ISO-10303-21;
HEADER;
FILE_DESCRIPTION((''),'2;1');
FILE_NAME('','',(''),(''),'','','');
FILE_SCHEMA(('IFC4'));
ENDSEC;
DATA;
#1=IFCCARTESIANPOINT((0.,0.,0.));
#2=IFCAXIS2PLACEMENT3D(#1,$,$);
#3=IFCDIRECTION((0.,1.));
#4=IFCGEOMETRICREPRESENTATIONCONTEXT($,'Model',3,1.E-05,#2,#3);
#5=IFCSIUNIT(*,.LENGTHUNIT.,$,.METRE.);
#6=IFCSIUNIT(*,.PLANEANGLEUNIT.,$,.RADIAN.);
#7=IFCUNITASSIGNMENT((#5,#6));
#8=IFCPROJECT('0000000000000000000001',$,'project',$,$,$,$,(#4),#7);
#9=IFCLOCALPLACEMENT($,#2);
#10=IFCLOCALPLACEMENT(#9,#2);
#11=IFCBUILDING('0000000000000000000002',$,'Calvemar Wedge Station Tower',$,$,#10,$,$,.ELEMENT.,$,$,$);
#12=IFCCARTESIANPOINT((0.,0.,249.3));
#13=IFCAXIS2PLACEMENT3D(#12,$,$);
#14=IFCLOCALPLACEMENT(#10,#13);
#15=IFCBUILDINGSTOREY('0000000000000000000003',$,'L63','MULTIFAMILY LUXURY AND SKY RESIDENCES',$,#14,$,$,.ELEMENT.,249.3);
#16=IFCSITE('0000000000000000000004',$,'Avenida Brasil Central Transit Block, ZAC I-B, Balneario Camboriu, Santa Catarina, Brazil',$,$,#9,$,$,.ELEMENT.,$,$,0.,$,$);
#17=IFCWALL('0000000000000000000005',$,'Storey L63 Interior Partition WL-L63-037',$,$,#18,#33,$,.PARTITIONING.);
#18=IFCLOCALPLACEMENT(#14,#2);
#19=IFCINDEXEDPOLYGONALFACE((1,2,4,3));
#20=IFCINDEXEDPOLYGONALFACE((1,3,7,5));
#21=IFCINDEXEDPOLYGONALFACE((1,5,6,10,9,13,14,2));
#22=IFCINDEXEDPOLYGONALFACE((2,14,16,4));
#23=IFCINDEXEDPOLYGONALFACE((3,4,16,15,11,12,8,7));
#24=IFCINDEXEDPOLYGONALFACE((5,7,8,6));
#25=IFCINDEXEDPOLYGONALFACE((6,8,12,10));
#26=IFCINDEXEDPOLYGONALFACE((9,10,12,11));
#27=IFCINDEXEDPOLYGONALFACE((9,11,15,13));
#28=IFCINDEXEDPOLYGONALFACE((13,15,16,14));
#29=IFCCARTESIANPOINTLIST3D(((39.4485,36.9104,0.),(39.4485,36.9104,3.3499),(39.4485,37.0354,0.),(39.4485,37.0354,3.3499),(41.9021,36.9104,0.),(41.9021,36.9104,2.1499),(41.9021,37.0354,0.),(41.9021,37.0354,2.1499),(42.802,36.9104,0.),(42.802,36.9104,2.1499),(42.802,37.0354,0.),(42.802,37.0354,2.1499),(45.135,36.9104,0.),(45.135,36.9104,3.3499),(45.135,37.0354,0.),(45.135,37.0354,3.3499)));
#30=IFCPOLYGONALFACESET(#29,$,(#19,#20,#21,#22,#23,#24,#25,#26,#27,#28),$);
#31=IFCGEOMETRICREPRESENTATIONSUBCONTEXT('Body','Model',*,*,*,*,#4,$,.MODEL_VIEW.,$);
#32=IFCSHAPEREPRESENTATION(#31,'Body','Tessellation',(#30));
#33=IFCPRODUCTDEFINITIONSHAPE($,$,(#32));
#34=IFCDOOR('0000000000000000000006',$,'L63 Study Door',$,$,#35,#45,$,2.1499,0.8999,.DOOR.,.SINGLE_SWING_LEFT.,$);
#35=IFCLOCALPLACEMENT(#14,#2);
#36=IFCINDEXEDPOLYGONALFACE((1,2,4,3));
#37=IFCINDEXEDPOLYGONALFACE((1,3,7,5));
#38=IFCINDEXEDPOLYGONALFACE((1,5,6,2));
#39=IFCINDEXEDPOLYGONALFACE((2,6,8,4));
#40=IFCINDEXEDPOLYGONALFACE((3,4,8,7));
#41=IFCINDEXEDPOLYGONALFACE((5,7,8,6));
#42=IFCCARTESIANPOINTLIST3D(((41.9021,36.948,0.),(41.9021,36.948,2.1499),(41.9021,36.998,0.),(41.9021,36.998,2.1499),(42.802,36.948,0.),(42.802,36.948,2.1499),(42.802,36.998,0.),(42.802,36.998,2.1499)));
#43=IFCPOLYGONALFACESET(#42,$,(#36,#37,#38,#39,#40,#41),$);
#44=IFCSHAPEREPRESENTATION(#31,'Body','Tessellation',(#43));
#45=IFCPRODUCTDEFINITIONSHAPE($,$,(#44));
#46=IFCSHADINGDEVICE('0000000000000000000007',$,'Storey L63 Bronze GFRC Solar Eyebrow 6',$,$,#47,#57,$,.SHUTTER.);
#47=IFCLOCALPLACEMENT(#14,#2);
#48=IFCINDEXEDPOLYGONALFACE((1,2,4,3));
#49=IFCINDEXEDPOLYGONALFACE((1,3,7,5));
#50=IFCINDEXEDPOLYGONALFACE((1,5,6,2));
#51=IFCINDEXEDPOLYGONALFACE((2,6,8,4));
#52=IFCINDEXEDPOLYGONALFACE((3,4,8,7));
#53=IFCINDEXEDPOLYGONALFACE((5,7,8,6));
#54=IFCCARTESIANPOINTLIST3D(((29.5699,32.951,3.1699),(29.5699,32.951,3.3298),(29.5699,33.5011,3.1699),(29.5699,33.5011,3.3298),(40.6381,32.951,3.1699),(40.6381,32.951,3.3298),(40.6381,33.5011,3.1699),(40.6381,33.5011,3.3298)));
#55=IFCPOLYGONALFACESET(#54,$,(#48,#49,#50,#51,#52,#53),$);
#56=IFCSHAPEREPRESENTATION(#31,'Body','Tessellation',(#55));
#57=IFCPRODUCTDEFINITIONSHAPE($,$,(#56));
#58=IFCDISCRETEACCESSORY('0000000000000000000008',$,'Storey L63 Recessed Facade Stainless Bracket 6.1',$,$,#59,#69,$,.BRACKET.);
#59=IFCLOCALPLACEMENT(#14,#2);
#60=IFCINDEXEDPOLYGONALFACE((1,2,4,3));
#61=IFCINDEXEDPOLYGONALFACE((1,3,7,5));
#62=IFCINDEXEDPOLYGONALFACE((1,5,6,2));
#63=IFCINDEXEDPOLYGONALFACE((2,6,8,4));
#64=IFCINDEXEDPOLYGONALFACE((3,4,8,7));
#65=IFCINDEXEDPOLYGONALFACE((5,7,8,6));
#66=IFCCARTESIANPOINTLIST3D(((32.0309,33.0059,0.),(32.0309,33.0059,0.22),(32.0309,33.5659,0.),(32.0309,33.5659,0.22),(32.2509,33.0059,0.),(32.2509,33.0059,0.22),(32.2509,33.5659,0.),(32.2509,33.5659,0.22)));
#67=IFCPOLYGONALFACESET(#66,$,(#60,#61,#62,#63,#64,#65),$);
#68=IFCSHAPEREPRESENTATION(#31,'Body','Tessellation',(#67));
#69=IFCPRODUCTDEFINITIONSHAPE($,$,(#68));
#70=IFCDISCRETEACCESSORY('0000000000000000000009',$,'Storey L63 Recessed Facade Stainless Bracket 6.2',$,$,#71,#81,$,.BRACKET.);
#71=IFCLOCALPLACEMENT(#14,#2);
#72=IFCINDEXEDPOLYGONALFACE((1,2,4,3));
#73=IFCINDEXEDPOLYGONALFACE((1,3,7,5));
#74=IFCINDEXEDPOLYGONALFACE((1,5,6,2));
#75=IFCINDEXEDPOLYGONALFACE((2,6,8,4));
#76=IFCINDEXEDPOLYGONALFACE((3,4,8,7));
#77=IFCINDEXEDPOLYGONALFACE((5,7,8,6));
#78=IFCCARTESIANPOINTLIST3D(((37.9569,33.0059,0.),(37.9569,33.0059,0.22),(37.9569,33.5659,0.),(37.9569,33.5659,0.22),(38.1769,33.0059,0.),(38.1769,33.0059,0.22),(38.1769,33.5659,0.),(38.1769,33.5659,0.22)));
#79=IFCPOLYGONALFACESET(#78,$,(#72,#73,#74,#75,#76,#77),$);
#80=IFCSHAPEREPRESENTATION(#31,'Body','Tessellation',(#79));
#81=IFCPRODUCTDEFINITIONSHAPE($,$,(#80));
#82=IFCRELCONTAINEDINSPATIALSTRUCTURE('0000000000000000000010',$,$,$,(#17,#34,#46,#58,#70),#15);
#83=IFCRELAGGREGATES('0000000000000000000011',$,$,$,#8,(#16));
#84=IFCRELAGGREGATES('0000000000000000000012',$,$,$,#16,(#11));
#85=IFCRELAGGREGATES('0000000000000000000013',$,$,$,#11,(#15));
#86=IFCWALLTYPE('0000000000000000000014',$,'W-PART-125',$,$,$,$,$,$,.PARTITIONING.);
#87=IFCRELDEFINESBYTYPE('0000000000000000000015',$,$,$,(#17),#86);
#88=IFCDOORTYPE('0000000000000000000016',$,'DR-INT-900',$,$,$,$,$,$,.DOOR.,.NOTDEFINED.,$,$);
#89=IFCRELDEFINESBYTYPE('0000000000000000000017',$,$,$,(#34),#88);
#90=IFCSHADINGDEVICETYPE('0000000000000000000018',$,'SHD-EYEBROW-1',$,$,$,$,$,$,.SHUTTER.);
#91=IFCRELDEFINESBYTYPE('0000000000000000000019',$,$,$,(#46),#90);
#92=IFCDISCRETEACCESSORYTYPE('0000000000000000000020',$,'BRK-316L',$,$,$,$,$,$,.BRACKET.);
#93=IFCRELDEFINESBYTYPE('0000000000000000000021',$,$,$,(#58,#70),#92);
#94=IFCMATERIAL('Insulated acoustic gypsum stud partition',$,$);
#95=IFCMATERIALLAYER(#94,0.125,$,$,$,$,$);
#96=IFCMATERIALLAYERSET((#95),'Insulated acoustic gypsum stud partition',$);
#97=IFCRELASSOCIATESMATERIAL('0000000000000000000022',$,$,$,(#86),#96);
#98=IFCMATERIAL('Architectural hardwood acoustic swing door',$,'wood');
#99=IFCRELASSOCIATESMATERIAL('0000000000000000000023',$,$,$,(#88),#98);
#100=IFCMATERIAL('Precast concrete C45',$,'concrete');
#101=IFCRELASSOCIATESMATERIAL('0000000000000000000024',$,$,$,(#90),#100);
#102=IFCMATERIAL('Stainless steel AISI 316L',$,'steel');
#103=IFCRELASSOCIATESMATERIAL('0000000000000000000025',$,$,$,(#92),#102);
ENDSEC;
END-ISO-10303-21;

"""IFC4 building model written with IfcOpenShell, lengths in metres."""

from ifc_helpers import new_model, si_unit, direction, frame, frame_2d, origin, origin_2d, place, context, subcontext, project, spatial, rectangle, extrude, source, transform, mapped, material, layer, layer_set, type_object, element, fill, save


model = new_model("IFC4")

# Units and contexts
model_context = context("Model", 3, precision=1e-05, world=origin(), true_north=direction((0.0, 1.0)))
body_context = subcontext(model_context, "Body", "Model", "MODEL_VIEW")
ifc_project = project(units=[si_unit("LENGTHUNIT", "METRE"), si_unit("PLANEANGLEUNIT", "RADIAN")], contexts=[model_context])

# Site, building, storey
site_placement = place(None, origin())
site = spatial("IfcSite", under=ifc_project, at=site_placement, Name="Avenida Brasil Central Transit Block, ZAC I-B, Balneario Camboriu, Santa Catarina, Brazil", CompositionType="ELEMENT", RefElevation=0.0)
building_placement = place(site_placement, origin())
building = spatial("IfcBuilding", under=site, at=building_placement, Name="Calvemar Wedge Station Tower", CompositionType="ELEMENT")
storey_placement = place(building_placement, frame((0.0, 0.0, 249.3)))
storey = spatial("IfcBuildingStorey", under=building, at=storey_placement, Name="L63", Description="MULTIFAMILY LUXURY AND SKY RESIDENCES", CompositionType="ELEMENT", Elevation=249.3)

# Shared definitions
ifc_material_1 = material(Name="Precast concrete C45", Category="concrete")

# Shared definitions
ifc_material_2 = material(Name="Insulated acoustic gypsum stud partition")
ifc_layer_1 = layer(ifc_material_2, 0.125)
ifc_layer_set_1 = layer_set([ifc_layer_1], Name="Insulated acoustic gypsum stud partition")
wall_type_1 = type_object("IfcWallType", Name="W-PART-125", PredefinedType="PARTITIONING", material=ifc_layer_set_1)

# Wall, opening, door
wall_1_placement = place(storey_placement, frame((45.135, 36.9729, 0.0), z_axis=(0.0, 0.0, 1.0), x_axis=(-1.0, 0.0, 0.0)))
wall_1 = element("IfcWall", 1, at=wall_1_placement, inside=storey, type_object=wall_type_1, Name="Storey L63 Interior Partition WL-L63-037", PredefinedType="PARTITIONING", context=body_context, shape_type="SweptSolid", body=[
    extrude(rectangle(XDim=5.6865, YDim=0.125, at=frame_2d((2.8433, 0.0))), origin(), (0.0, 0.0, 1.0), 3.3499),
])
shared_shape_1 = source(origin(), body_context, "Body", "SweptSolid", [
    extrude(rectangle(XDim=0.8999, YDim=2.1499, at=frame_2d((0.45, 1.075))), frame((0.0, 0.0725, 0.0), z_axis=(0.0, -1.0, 0.0), x_axis=(1.0, 0.0, 0.0)), (0.0, 0.0, 1.0), 0.145),
])
opening_1_placement = place(wall_1_placement, frame((2.333, 0.0, 0.0)))
opening_1 = element("IfcOpeningElement", 2, at=opening_1_placement, cuts=wall_1, PredefinedType="OPENING", context=body_context, shape_type="MappedRepresentation", body=[
    mapped(shared_shape_1, transform((0.0, 0.0, 0.0), scale=1.0)),
])
ifc_material_3 = material(Name="Architectural hardwood acoustic swing door", Category="wood")
door_type_1 = type_object("IfcDoorType", Name="DR-INT-900", OperationType="NOTDEFINED", PredefinedType="DOOR", material=ifc_material_3)
shared_shape_2 = source(origin(), body_context, "Body", "SweptSolid", [
    extrude(rectangle(XDim=0.8999, YDim=2.1499, at=frame_2d((0.45, 1.075))), frame((0.0, 0.0249, 0.0), z_axis=(0.0, -1.0, 0.0), x_axis=(1.0, 0.0, 0.0)), (0.0, 0.0, 1.0), 0.05),
])
door_1_placement = place(opening_1_placement, origin())
door_1 = element("IfcDoor", 3, at=door_1_placement, inside=storey, type_object=door_type_1, Name="L63 Study Door", OperationType="SINGLE_SWING_LEFT", OverallHeight=2.1499, OverallWidth=0.8999, PredefinedType="DOOR", context=body_context, shape_type="MappedRepresentation", body=[
    mapped(shared_shape_2, transform((0.0, 0.0, 0.0), scale=1.0)),
])
fill(opening_1, door_1)

# Shading device
shading_device_type = type_object("IfcShadingDeviceType", Name="SHD-EYEBROW-1", PredefinedType="SHUTTER", material=ifc_material_1)
shading_device_placement = place(storey_placement, frame((29.5698, 33.2261, 3.1699), z_axis=(0.0, 0.0, 1.0), x_axis=(1.0, 0.0, 0.0)))
element("IfcShadingDevice", 4, at=shading_device_placement, inside=storey, type_object=shading_device_type, Name="Storey L63 Bronze GFRC Solar Eyebrow 6", PredefinedType="SHUTTER", context=body_context, shape_type="SweptSolid", body=[
    extrude(rectangle(XDim=11.0681, YDim=0.55, at=frame_2d((5.5342, 0.0))), origin(), (0.0, 0.0, 1.0), 0.1599),
])

# Discrete accessories
ifc_material_4 = material(Name="Stainless steel AISI 316L", Category="steel")
discrete_accessory_type = type_object("IfcDiscreteAccessoryType", Name="BRK-316L", PredefinedType="BRACKET", material=ifc_material_4)
shared_shape_3 = source(origin(), body_context, "Body", "SweptSolid", [
    extrude(rectangle(XDim=0.22, YDim=0.5601, at=origin_2d()), origin(), (0.0, 0.0, 1.0), 0.22),
])
for number, where, z_axis, x_axis, name in (
    (5, (32.1409, 33.2859, 0.0), (0.0, 0.0, 1.0), (1.0, 0.0, 0.0), "Storey L63 Recessed Facade Stainless Bracket 6.1"),
    (6, (38.0669, 33.2859, 0.0), (0.0, 0.0, 1.0), (1.0, 0.0, 0.0), "Storey L63 Recessed Facade Stainless Bracket 6.2"),
):
    element("IfcDiscreteAccessory", number, at=place(storey_placement, frame(where, z_axis=z_axis, x_axis=x_axis)), inside=storey, type_object=discrete_accessory_type, Name=name, PredefinedType="BRACKET", context=body_context, shape_type="MappedRepresentation", body=[
        mapped(shared_shape_3, transform((0.0, 0.0, 0.0), scale=1.0)),
    ])

save(model, "model.ifc")
